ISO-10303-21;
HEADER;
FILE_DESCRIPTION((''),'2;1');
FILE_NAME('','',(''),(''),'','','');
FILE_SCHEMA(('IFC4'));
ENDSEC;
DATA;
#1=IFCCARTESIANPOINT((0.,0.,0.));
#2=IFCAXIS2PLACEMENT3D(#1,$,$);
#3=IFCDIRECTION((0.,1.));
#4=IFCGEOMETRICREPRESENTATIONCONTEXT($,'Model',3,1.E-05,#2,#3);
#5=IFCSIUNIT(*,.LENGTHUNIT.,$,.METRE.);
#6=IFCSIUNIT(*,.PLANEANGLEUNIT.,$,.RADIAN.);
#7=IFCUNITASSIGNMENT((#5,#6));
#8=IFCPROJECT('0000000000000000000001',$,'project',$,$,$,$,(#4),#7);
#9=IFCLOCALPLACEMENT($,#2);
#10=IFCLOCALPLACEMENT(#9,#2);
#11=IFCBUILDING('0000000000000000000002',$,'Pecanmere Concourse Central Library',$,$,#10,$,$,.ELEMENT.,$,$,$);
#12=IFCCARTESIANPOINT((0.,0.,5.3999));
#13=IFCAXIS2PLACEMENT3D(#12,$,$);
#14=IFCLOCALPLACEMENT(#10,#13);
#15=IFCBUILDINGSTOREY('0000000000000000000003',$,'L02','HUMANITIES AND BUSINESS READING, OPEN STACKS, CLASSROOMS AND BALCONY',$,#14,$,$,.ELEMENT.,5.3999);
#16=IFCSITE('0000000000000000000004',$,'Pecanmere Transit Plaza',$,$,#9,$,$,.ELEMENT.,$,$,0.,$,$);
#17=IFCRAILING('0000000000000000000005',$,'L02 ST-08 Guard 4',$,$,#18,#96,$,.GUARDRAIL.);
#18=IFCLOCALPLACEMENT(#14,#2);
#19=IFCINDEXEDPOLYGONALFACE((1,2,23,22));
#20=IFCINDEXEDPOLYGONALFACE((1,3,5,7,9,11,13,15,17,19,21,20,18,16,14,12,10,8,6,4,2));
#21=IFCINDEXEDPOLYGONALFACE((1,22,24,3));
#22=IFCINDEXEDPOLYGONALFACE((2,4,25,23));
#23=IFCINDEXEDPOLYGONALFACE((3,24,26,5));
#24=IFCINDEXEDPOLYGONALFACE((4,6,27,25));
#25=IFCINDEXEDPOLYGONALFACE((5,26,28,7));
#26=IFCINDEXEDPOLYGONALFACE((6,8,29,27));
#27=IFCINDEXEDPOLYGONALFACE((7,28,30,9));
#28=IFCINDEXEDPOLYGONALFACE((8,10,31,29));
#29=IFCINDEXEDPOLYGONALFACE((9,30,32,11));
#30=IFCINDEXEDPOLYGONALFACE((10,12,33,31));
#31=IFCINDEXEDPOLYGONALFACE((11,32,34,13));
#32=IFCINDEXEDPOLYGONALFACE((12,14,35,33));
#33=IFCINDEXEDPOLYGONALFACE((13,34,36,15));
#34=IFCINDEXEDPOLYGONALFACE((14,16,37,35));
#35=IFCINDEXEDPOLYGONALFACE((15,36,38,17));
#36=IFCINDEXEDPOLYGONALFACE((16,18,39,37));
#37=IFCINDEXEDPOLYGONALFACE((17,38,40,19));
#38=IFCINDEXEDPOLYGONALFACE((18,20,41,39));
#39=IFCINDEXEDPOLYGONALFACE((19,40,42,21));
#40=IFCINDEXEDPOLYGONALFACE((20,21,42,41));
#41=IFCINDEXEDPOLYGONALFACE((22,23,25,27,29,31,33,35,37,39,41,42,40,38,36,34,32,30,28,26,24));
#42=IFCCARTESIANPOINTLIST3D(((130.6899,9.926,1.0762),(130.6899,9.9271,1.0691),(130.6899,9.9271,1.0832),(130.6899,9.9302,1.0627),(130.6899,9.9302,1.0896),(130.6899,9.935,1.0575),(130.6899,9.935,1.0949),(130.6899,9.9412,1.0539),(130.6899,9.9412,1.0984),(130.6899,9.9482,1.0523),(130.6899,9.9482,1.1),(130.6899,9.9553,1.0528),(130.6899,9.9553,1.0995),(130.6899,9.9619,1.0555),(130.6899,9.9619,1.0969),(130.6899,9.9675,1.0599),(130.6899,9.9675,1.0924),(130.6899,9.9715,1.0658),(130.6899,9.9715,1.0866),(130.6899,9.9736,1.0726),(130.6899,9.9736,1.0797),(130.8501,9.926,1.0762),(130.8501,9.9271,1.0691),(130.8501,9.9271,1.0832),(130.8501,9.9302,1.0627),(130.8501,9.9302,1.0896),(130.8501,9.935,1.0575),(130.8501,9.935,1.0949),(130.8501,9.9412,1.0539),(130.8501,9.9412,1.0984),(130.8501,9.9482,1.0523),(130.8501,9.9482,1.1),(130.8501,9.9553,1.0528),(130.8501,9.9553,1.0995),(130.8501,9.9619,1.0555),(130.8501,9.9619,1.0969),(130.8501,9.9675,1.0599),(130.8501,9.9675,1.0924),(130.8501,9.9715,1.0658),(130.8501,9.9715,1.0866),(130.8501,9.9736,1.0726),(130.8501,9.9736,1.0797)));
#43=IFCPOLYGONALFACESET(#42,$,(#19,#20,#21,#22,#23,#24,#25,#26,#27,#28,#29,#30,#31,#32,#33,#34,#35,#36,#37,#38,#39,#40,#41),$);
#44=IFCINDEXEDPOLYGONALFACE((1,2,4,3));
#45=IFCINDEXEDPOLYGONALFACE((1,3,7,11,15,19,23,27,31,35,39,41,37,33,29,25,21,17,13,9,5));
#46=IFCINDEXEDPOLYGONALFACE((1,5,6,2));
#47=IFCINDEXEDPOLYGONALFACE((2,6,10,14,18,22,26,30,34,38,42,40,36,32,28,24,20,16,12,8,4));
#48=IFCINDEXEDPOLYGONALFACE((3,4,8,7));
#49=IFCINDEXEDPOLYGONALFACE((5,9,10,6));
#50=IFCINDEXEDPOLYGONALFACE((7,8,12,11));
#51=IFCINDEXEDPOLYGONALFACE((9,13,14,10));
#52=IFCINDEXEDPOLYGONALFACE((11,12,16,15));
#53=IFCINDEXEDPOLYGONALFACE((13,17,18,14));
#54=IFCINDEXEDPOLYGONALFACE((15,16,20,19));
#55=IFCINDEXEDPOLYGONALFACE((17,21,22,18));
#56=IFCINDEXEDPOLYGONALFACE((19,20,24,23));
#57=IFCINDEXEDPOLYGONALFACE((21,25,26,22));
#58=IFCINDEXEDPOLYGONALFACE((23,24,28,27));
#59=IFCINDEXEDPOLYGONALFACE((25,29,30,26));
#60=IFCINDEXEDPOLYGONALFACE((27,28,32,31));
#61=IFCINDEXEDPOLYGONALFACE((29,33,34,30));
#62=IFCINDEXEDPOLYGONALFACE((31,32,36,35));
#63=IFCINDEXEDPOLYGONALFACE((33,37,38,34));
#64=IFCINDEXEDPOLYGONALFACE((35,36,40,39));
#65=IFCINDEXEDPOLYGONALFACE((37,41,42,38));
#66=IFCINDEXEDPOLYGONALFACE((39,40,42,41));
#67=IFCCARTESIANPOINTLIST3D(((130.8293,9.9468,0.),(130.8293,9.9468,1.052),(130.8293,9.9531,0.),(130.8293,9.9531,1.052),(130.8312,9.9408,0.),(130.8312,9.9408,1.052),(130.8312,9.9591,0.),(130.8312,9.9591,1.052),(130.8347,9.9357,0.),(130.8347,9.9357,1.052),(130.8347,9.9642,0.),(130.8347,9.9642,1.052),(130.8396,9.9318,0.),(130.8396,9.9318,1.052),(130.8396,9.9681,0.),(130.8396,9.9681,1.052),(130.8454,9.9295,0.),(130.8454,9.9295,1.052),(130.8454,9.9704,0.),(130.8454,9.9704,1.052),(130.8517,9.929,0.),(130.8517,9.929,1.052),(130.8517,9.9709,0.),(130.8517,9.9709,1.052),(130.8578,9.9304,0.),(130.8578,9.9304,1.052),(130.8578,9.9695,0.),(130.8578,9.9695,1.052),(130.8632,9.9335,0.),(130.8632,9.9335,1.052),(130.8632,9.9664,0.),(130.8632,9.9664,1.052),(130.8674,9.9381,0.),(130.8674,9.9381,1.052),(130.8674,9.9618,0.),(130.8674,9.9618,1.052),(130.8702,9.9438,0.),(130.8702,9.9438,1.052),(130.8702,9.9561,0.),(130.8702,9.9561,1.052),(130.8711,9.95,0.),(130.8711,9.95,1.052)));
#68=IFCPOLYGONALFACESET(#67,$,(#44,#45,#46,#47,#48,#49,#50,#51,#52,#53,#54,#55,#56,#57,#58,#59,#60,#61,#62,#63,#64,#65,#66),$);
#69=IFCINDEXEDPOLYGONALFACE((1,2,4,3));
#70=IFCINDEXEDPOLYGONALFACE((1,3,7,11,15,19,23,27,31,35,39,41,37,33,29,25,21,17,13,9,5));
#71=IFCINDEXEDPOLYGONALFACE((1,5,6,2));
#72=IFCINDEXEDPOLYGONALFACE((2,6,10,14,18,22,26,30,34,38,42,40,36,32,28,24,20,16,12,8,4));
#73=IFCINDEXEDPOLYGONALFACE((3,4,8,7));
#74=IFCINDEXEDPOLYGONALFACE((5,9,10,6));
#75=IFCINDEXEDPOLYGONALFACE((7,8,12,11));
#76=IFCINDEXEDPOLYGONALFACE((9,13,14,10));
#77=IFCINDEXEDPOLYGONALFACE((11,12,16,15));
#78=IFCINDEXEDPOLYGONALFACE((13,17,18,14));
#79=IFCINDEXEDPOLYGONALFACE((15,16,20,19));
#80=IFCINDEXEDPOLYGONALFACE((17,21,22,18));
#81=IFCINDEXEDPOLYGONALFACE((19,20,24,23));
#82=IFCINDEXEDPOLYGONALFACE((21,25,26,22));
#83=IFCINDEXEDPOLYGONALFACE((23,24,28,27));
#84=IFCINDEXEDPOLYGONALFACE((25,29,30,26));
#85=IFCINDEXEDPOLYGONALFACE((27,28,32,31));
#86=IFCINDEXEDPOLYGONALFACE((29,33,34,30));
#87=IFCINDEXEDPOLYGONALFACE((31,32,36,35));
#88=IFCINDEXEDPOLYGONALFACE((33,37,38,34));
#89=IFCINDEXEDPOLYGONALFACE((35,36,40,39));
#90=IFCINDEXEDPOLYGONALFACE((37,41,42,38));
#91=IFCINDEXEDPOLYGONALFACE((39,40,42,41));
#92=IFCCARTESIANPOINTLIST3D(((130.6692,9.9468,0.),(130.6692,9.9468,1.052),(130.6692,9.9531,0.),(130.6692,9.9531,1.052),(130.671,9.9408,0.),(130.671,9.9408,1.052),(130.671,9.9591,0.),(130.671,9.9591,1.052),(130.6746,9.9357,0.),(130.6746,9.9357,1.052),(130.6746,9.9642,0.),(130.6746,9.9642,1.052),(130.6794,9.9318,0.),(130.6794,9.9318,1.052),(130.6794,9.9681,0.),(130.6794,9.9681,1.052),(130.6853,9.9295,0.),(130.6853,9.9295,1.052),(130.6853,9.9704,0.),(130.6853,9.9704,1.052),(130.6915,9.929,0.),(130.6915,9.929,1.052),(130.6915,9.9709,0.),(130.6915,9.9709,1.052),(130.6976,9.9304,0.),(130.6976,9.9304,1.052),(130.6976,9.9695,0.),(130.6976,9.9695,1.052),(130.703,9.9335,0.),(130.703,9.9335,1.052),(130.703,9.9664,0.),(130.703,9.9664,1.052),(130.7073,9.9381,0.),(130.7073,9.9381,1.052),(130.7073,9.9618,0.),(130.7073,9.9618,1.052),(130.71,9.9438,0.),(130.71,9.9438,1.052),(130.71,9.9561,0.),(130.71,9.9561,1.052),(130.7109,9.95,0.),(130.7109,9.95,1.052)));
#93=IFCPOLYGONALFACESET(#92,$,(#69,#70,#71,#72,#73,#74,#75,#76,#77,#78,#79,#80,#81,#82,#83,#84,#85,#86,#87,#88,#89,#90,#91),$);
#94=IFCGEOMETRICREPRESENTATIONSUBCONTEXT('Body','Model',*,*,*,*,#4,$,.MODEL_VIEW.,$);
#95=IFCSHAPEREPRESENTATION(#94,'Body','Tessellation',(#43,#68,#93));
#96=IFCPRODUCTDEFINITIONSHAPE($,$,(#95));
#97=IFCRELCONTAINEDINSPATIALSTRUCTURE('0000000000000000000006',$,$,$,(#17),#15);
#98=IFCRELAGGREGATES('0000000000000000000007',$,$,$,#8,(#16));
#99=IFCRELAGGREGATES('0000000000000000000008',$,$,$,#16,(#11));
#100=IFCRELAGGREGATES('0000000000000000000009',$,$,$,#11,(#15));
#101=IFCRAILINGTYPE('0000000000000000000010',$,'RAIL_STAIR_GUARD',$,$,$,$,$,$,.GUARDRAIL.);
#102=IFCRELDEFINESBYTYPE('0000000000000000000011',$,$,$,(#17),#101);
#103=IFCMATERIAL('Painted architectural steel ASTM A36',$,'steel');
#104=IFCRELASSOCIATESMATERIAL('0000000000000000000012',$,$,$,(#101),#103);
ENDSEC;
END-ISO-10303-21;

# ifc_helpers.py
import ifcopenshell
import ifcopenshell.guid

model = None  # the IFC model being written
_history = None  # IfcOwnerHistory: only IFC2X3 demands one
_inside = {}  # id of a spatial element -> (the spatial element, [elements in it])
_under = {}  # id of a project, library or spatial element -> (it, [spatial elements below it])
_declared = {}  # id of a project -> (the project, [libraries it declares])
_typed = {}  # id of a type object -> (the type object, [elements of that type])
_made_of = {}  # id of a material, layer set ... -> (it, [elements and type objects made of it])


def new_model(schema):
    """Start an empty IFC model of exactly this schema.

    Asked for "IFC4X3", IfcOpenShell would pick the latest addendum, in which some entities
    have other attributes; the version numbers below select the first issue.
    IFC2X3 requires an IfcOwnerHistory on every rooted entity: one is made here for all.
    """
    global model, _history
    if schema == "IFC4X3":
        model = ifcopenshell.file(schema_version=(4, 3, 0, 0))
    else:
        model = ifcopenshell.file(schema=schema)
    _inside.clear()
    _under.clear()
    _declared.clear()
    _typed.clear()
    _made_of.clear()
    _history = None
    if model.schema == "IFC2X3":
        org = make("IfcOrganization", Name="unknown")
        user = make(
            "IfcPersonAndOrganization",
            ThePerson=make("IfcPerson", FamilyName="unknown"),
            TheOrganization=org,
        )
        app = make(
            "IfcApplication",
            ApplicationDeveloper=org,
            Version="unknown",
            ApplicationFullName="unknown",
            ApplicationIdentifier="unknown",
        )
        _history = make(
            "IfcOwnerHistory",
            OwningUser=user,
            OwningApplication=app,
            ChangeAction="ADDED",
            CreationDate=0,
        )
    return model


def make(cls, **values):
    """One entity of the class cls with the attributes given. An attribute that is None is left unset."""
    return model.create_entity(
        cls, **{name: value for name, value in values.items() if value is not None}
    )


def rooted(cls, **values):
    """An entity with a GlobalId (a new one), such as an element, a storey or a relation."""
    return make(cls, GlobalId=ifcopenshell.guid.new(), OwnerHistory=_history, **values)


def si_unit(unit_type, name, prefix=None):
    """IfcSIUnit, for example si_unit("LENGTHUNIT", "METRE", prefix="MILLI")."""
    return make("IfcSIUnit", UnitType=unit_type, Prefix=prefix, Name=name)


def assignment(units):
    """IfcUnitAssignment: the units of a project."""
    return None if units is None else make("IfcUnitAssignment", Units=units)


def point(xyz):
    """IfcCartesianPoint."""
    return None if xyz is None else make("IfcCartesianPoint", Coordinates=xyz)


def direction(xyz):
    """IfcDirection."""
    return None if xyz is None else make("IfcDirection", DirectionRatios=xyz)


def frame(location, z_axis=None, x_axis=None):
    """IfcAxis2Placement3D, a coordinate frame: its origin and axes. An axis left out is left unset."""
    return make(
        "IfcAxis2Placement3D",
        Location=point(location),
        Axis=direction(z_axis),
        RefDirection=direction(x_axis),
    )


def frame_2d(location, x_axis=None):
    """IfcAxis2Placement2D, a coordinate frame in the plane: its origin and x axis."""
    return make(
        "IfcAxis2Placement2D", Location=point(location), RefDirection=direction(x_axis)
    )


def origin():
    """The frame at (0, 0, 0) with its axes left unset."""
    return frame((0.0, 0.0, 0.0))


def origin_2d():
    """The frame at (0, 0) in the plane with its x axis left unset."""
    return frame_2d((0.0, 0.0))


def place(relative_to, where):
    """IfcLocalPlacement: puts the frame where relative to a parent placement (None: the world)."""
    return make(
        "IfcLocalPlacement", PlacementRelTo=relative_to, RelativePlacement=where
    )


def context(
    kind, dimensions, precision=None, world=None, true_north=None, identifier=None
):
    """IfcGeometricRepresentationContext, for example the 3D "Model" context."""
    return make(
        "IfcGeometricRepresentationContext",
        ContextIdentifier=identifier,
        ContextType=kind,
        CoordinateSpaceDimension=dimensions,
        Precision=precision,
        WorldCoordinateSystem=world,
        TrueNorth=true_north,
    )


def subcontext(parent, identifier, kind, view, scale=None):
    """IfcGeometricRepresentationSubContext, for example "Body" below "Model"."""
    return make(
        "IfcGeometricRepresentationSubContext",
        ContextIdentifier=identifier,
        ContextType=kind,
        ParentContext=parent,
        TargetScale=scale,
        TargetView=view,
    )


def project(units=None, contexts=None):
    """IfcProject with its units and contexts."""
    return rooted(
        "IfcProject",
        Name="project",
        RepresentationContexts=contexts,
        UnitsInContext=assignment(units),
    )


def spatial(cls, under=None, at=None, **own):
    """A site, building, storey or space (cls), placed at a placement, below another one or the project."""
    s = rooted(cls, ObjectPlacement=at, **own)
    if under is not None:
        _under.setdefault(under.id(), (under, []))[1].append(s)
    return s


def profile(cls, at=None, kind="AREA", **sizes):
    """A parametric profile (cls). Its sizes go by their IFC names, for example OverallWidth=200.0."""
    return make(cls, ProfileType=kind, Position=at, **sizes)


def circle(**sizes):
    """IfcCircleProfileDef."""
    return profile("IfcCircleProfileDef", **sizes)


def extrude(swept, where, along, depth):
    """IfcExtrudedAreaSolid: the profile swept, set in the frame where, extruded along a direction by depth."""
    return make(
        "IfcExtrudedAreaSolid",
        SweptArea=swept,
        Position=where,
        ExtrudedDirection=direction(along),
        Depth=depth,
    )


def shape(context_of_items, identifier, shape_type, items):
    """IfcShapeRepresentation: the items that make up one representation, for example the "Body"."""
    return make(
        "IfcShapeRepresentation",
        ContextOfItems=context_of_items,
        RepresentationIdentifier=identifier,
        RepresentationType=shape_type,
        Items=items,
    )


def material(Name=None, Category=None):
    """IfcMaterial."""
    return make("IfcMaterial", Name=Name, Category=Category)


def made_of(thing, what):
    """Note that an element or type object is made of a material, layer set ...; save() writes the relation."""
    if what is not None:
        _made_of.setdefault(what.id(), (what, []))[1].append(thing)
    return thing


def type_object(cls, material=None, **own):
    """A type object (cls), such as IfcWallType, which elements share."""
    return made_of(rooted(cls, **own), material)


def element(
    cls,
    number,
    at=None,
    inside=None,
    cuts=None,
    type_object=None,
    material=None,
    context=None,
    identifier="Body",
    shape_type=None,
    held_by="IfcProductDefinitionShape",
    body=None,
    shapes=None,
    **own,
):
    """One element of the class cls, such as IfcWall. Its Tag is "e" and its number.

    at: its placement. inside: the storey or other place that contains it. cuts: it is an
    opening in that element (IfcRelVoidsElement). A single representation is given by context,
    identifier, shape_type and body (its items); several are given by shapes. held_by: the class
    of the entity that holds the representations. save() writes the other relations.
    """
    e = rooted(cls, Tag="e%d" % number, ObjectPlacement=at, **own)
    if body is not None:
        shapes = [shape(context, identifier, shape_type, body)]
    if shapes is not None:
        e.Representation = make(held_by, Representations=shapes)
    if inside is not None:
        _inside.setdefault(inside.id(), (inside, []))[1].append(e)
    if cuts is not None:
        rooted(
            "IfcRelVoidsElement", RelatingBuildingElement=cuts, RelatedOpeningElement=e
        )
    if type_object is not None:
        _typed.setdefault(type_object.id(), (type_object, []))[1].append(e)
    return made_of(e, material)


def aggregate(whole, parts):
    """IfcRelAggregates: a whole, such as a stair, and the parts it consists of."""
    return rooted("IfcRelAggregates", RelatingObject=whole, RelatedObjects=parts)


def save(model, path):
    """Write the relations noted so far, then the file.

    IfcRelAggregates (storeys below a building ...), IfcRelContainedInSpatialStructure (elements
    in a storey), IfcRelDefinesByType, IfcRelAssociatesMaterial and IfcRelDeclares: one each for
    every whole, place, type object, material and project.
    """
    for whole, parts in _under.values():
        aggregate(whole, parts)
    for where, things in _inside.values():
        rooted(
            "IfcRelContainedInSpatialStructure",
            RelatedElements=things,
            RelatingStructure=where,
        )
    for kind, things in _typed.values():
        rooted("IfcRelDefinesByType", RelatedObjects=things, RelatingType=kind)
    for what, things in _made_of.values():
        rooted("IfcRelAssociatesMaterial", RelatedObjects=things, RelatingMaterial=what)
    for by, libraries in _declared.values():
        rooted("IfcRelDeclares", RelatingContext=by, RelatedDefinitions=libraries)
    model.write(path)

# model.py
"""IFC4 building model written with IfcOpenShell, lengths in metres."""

from ifc_helpers import new_model, si_unit, direction, frame, origin, origin_2d, place, context, subcontext, project, spatial, circle, extrude, material, type_object, element, save


model = new_model("IFC4")

# Units and contexts
model_context = context("Model", 3, precision=1e-05, world=origin(), true_north=direction((0.0, 1.0)))
body_context = subcontext(model_context, "Body", "Model", "MODEL_VIEW")
ifc_project = project(units=[si_unit("LENGTHUNIT", "METRE"), si_unit("PLANEANGLEUNIT", "RADIAN")], contexts=[model_context])

# Site, building, storey
site_placement = place(None, origin())
site = spatial("IfcSite", under=ifc_project, at=site_placement, Name="Pecanmere Transit Plaza", CompositionType="ELEMENT", RefElevation=0.0)
building_placement = place(site_placement, origin())
building = spatial("IfcBuilding", under=site, at=building_placement, Name="Pecanmere Concourse Central Library", CompositionType="ELEMENT")
storey_placement = place(building_placement, frame((0.0, 0.0, 5.3999)))
storey = spatial("IfcBuildingStorey", under=building, at=storey_placement, Name="L02", Description="HUMANITIES AND BUSINESS READING, OPEN STACKS, CLASSROOMS AND BALCONY", CompositionType="ELEMENT", Elevation=5.3999)

# Railing
ifc_material_1 = material(Name="Painted architectural steel ASTM A36", Category="steel")
railing_type_1 = type_object("IfcRailingType", Name="RAIL_STAIR_GUARD", PredefinedType="GUARDRAIL", material=ifc_material_1)
railing_1_placement = place(storey_placement, frame((130.8501, 9.95, 0.0)))
element("IfcRailing", 1, at=railing_1_placement, inside=storey, type_object=railing_type_1, Name="L02 ST-08 Guard 4", PredefinedType="GUARDRAIL", context=body_context, shape_type="SweptSolid", body=[
    extrude(circle(Radius=0.0239, at=origin_2d()), frame((0.0, 0.0, 1.0762), z_axis=(-1.0, 0.0, 0.0), x_axis=(0.0, -1.0, 0.0)), (0.0, 0.0, 1.0), 0.1602),
    extrude(circle(Radius=0.021, at=origin_2d()), origin(), (0.0, 0.0, 1.0), 1.052),
    extrude(circle(Radius=0.021, at=origin_2d()), frame((-0.1602, 0.0, 0.0)), (0.0, 0.0, 1.0), 1.052),
])

save(model, "model.ifc")
